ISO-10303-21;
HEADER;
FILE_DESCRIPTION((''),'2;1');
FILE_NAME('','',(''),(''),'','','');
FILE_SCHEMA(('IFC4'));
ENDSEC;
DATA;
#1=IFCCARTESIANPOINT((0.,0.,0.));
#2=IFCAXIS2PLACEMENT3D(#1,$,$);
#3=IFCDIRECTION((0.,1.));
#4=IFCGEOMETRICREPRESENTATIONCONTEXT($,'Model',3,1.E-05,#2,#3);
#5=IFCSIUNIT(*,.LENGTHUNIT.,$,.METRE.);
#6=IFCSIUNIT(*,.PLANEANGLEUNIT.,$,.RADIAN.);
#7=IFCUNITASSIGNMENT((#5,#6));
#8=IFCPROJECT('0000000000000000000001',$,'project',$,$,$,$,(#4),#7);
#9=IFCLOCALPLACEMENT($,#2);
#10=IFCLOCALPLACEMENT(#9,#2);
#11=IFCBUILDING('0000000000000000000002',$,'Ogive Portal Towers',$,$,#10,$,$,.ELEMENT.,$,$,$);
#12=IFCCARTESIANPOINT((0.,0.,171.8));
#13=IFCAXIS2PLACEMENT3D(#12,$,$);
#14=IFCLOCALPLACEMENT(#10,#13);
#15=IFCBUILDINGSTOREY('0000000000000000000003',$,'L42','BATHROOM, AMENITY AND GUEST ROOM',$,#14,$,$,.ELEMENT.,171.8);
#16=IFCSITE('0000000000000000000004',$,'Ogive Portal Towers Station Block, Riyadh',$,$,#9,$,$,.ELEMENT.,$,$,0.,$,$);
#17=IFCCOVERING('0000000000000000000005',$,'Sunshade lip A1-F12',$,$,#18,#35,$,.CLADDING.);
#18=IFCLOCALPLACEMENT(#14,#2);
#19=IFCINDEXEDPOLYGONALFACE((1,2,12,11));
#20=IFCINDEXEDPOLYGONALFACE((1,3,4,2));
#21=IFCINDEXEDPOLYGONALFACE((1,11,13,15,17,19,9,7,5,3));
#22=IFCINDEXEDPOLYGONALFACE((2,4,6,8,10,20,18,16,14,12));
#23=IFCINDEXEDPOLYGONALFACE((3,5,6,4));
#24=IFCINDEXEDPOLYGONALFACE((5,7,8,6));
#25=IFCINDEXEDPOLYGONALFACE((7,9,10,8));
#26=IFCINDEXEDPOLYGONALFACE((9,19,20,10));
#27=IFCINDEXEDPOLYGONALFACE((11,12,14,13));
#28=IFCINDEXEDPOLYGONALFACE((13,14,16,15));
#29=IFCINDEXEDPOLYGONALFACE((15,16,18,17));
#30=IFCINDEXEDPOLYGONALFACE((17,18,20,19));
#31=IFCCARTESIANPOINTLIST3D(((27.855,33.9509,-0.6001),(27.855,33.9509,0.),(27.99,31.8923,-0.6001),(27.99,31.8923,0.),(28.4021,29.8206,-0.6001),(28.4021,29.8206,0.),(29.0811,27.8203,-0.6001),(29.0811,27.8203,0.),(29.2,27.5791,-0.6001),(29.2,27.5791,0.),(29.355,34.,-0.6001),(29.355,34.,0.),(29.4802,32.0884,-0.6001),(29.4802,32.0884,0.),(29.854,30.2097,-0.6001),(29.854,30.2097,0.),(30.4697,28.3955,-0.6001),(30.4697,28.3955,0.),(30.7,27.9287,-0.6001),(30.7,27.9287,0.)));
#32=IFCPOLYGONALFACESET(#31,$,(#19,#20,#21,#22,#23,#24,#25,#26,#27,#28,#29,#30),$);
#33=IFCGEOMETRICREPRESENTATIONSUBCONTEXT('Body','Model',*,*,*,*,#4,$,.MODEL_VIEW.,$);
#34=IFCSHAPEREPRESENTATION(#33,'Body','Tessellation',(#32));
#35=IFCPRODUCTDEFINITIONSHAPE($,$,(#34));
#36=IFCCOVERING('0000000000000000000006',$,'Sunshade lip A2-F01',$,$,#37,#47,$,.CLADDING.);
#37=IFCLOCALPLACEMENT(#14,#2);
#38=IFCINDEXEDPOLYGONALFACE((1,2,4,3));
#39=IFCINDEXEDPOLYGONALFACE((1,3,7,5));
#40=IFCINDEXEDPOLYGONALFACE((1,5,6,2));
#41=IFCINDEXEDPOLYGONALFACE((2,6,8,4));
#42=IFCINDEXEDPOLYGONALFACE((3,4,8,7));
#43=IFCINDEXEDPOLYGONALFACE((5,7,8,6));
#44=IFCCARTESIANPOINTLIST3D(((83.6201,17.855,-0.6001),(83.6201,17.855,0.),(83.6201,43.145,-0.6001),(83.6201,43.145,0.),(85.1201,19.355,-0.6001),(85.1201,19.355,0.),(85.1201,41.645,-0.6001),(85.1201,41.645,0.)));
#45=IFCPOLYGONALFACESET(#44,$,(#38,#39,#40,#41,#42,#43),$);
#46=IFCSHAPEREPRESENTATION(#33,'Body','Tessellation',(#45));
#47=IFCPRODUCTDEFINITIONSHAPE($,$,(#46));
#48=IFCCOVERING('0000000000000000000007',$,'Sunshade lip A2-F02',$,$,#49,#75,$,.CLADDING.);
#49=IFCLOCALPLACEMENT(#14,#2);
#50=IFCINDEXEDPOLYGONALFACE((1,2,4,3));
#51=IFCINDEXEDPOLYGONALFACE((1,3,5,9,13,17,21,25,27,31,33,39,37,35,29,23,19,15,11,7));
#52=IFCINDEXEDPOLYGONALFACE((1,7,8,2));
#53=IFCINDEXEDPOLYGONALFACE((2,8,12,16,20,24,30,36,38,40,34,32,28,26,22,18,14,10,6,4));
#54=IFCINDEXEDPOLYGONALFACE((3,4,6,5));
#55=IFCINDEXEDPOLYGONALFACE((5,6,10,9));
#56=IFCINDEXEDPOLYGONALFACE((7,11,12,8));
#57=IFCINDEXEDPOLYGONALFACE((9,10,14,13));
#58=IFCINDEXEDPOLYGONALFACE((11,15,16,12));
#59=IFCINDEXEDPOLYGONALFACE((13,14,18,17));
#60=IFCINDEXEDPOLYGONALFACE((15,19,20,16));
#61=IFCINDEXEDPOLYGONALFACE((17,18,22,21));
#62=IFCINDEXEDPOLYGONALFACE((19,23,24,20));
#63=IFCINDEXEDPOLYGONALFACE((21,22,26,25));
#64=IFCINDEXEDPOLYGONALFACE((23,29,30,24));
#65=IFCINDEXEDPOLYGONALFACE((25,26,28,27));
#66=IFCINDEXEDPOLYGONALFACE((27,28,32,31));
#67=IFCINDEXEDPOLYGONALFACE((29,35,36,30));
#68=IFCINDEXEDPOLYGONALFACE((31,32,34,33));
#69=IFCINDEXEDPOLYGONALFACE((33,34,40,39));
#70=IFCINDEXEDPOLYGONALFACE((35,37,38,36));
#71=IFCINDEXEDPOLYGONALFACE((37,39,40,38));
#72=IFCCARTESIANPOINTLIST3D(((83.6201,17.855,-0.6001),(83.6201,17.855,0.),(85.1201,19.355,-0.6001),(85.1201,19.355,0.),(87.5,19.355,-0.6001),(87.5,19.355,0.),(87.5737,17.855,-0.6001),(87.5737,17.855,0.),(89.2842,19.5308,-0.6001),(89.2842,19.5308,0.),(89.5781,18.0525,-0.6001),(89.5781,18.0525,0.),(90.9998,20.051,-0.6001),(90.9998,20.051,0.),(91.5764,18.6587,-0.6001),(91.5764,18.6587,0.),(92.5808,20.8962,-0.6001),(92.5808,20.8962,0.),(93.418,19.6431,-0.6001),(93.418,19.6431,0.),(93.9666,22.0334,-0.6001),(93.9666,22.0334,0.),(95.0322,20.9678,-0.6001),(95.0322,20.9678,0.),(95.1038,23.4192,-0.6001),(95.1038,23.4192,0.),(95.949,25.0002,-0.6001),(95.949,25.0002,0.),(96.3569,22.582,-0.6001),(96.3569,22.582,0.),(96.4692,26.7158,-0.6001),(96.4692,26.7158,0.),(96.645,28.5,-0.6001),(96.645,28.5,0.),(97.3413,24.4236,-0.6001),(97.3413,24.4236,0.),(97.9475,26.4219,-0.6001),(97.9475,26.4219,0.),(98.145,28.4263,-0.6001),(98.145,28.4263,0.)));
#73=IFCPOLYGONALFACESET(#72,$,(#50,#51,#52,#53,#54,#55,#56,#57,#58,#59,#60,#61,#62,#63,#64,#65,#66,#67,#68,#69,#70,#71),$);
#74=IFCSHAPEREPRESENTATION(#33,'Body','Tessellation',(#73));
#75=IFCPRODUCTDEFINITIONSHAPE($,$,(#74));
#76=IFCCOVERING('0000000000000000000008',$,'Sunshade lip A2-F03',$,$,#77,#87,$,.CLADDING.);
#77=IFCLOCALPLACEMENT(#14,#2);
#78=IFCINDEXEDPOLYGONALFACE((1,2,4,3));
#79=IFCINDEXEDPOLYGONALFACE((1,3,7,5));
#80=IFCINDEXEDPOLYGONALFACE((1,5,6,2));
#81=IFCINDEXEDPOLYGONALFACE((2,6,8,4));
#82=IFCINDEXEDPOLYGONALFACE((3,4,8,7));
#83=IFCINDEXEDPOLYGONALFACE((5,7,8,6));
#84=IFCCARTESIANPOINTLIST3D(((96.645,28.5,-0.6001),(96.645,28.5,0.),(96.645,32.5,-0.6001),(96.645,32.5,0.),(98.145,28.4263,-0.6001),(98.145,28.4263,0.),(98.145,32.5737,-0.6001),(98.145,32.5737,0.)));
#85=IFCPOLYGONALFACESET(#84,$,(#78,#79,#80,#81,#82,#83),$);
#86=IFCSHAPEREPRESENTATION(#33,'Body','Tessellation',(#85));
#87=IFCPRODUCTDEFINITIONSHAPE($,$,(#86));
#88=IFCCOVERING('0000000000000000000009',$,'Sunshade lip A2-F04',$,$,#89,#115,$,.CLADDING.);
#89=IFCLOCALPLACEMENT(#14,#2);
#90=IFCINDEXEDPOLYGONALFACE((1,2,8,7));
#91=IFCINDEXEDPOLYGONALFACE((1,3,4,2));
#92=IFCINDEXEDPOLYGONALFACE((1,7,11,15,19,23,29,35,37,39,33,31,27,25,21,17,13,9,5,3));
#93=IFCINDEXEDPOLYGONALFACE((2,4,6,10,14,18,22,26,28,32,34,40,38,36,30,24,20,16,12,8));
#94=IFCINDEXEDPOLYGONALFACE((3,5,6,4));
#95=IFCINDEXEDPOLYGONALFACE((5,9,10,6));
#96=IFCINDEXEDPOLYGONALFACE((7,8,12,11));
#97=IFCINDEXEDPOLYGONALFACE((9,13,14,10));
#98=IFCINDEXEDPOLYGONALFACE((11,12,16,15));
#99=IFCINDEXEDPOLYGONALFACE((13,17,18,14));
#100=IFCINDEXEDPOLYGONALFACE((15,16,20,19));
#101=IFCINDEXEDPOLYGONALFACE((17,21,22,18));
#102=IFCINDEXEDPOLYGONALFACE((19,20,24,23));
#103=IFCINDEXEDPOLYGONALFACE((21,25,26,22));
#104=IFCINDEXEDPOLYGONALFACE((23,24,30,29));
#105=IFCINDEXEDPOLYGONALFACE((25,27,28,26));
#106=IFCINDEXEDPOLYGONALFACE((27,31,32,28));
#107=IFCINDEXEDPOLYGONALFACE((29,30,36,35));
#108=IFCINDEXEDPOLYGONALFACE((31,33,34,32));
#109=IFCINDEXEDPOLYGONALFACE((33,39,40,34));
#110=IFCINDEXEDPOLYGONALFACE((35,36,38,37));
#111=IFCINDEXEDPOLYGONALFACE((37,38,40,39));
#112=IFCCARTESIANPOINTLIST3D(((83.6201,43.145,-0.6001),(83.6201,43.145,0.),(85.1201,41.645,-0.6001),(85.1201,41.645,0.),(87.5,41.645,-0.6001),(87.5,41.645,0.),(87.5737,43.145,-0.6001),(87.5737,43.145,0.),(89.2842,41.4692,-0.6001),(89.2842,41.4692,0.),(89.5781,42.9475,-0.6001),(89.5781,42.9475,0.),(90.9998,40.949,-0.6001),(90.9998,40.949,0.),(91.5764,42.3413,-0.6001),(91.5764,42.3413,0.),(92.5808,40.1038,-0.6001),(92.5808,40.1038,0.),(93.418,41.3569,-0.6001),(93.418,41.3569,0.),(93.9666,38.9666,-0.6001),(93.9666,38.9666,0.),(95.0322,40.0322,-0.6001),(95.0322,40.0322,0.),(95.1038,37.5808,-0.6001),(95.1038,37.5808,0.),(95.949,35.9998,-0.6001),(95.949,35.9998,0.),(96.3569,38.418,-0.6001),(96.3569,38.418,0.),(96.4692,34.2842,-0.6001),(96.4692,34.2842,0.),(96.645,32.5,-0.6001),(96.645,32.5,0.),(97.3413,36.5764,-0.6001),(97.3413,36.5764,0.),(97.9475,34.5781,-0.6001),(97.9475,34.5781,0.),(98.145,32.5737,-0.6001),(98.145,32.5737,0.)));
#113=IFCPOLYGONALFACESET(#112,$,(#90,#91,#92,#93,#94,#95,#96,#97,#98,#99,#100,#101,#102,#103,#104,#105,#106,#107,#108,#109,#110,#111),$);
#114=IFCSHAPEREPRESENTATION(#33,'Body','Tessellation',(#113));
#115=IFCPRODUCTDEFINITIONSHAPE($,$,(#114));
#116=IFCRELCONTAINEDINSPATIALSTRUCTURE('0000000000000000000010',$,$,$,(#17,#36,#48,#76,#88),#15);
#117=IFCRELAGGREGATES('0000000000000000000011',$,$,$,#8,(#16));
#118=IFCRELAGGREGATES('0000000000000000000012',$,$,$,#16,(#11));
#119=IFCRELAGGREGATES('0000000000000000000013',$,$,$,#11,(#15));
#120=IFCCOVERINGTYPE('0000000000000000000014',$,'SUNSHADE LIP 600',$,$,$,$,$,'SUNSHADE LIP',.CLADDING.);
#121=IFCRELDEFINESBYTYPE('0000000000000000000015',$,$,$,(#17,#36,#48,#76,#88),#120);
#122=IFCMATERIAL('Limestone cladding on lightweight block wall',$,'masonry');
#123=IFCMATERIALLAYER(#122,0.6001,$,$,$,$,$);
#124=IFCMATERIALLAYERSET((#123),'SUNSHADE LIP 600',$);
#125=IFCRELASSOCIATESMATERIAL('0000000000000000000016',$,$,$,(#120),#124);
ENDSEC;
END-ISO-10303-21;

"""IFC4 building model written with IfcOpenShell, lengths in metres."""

from ifc_helpers import new_model, si_unit, direction, frame, origin, place, context, subcontext, project, spatial, polyline, outline, extrude, material, layer, layer_set, type_object, element, save


model = new_model("IFC4")

# Units and contexts
model_context = context("Model", 3, precision=1e-05, world=origin(), true_north=direction((0.0, 1.0)))
body_context = subcontext(model_context, "Body", "Model", "MODEL_VIEW")
ifc_project = project(units=[si_unit("LENGTHUNIT", "METRE"), si_unit("PLANEANGLEUNIT", "RADIAN")], contexts=[model_context])

# Site, building, storey
site_placement = place(None, origin())
site = spatial("IfcSite", under=ifc_project, at=site_placement, Name="Ogive Portal Towers Station Block, Riyadh", CompositionType="ELEMENT", RefElevation=0.0)
building_placement = place(site_placement, origin())
building = spatial("IfcBuilding", under=site, at=building_placement, Name="Ogive Portal Towers", CompositionType="ELEMENT")
storey_placement = place(building_placement, frame((0.0, 0.0, 171.8)))
storey = spatial("IfcBuildingStorey", under=building, at=storey_placement, Name="L42", Description="BATHROOM, AMENITY AND GUEST ROOM", CompositionType="ELEMENT", Elevation=171.8)

# Coverings
ifc_material_1 = material(Name="Limestone cladding on lightweight block wall", Category="masonry")
ifc_layer_1 = layer(ifc_material_1, 0.6001)
ifc_layer_set_1 = layer_set([ifc_layer_1], Name="SUNSHADE LIP 600")
covering_type_1 = type_object("IfcCoveringType", Name="SUNSHADE LIP 600", ElementType="SUNSHADE LIP", PredefinedType="CLADDING", material=ifc_layer_set_1)
covering_1_placement = place(storey_placement, frame((0.0, 0.0, -0.6001)))
element("IfcCovering", 1, at=covering_1_placement, inside=storey, type_object=covering_type_1, Name="Sunshade lip A1-F12", PredefinedType="CLADDING", context=body_context, shape_type="SweptSolid", body=[
    extrude(outline(polyline([(29.355, 34.0), (29.4802, 32.0884), (29.854, 30.2097), (30.4697, 28.3955), (30.7, 27.9287), (29.2, 27.5791), (29.0811, 27.8203), (28.4021, 29.8206), (27.99, 31.8923), (27.855, 33.9509), (29.355, 34.0)])), origin(), (0.0, 0.0, 1.0), 0.6001),
])
covering_2_placement = place(storey_placement, frame((0.0, 0.0, -0.6001)))
element("IfcCovering", 2, at=covering_2_placement, inside=storey, type_object=covering_type_1, Name="Sunshade lip A2-F01", PredefinedType="CLADDING", context=body_context, shape_type="SweptSolid", body=[
    extrude(outline(polyline([(85.1201, 41.645), (85.1201, 19.355), (83.6201, 17.855), (83.6201, 43.145), (85.1201, 41.645)])), origin(), (0.0, 0.0, 1.0), 0.6001),
])
covering_3_placement = place(storey_placement, frame((0.0, 0.0, -0.6001)))
element("IfcCovering", 3, at=covering_3_placement, inside=storey, type_object=covering_type_1, Name="Sunshade lip A2-F02", PredefinedType="CLADDING", context=body_context, shape_type="SweptSolid", body=[
    extrude(outline(polyline([(85.1201, 19.355), (87.5, 19.355), (89.2842, 19.5308), (90.9998, 20.051), (92.5808, 20.8962), (93.9666, 22.0334), (95.1038, 23.4192), (95.949, 25.0002), (96.4692, 26.7158), (96.645, 28.5), (98.145, 28.4263), (97.9475, 26.4219), (97.3413, 24.4236), (96.3569, 22.582), (95.0322, 20.9678), (93.418, 19.6431), (91.5764, 18.6587), (89.5781, 18.0525), (87.5737, 17.855), (83.6201, 17.855), (85.1201, 19.355)])), origin(), (0.0, 0.0, 1.0), 0.6001),
])
covering_4_placement = place(storey_placement, frame((0.0, 0.0, -0.6001)))
element("IfcCovering", 4, at=covering_4_placement, inside=storey, type_object=covering_type_1, Name="Sunshade lip A2-F03", PredefinedType="CLADDING", context=body_context, shape_type="SweptSolid", body=[
    extrude(outline(polyline([(96.645, 28.5), (96.645, 32.5), (98.145, 32.5737), (98.145, 28.4263), (96.645, 28.5)])), origin(), (0.0, 0.0, 1.0), 0.6001),
])
covering_5_placement = place(storey_placement, frame((0.0, 0.0, -0.6001)))
element("IfcCovering", 5, at=covering_5_placement, inside=storey, type_object=covering_type_1, Name="Sunshade lip A2-F04", PredefinedType="CLADDING", context=body_context, shape_type="SweptSolid", body=[
    extrude(outline(polyline([(96.645, 32.5), (96.4692, 34.2842), (95.949, 35.9998), (95.1038, 37.5808), (93.9666, 38.9666), (92.5808, 40.1038), (90.9998, 40.949), (89.2842, 41.4692), (87.5, 41.645), (85.1201, 41.645), (83.6201, 43.145), (87.5737, 43.145), (89.5781, 42.9475), (91.5764, 42.3413), (93.418, 41.3569), (95.0322, 40.0322), (96.3569, 38.418), (97.3413, 36.5764), (97.9475, 34.5781), (98.145, 32.5737), (96.645, 32.5)])), origin(), (0.0, 0.0, 1.0), 0.6001),
])

save(model, "model.ifc")
